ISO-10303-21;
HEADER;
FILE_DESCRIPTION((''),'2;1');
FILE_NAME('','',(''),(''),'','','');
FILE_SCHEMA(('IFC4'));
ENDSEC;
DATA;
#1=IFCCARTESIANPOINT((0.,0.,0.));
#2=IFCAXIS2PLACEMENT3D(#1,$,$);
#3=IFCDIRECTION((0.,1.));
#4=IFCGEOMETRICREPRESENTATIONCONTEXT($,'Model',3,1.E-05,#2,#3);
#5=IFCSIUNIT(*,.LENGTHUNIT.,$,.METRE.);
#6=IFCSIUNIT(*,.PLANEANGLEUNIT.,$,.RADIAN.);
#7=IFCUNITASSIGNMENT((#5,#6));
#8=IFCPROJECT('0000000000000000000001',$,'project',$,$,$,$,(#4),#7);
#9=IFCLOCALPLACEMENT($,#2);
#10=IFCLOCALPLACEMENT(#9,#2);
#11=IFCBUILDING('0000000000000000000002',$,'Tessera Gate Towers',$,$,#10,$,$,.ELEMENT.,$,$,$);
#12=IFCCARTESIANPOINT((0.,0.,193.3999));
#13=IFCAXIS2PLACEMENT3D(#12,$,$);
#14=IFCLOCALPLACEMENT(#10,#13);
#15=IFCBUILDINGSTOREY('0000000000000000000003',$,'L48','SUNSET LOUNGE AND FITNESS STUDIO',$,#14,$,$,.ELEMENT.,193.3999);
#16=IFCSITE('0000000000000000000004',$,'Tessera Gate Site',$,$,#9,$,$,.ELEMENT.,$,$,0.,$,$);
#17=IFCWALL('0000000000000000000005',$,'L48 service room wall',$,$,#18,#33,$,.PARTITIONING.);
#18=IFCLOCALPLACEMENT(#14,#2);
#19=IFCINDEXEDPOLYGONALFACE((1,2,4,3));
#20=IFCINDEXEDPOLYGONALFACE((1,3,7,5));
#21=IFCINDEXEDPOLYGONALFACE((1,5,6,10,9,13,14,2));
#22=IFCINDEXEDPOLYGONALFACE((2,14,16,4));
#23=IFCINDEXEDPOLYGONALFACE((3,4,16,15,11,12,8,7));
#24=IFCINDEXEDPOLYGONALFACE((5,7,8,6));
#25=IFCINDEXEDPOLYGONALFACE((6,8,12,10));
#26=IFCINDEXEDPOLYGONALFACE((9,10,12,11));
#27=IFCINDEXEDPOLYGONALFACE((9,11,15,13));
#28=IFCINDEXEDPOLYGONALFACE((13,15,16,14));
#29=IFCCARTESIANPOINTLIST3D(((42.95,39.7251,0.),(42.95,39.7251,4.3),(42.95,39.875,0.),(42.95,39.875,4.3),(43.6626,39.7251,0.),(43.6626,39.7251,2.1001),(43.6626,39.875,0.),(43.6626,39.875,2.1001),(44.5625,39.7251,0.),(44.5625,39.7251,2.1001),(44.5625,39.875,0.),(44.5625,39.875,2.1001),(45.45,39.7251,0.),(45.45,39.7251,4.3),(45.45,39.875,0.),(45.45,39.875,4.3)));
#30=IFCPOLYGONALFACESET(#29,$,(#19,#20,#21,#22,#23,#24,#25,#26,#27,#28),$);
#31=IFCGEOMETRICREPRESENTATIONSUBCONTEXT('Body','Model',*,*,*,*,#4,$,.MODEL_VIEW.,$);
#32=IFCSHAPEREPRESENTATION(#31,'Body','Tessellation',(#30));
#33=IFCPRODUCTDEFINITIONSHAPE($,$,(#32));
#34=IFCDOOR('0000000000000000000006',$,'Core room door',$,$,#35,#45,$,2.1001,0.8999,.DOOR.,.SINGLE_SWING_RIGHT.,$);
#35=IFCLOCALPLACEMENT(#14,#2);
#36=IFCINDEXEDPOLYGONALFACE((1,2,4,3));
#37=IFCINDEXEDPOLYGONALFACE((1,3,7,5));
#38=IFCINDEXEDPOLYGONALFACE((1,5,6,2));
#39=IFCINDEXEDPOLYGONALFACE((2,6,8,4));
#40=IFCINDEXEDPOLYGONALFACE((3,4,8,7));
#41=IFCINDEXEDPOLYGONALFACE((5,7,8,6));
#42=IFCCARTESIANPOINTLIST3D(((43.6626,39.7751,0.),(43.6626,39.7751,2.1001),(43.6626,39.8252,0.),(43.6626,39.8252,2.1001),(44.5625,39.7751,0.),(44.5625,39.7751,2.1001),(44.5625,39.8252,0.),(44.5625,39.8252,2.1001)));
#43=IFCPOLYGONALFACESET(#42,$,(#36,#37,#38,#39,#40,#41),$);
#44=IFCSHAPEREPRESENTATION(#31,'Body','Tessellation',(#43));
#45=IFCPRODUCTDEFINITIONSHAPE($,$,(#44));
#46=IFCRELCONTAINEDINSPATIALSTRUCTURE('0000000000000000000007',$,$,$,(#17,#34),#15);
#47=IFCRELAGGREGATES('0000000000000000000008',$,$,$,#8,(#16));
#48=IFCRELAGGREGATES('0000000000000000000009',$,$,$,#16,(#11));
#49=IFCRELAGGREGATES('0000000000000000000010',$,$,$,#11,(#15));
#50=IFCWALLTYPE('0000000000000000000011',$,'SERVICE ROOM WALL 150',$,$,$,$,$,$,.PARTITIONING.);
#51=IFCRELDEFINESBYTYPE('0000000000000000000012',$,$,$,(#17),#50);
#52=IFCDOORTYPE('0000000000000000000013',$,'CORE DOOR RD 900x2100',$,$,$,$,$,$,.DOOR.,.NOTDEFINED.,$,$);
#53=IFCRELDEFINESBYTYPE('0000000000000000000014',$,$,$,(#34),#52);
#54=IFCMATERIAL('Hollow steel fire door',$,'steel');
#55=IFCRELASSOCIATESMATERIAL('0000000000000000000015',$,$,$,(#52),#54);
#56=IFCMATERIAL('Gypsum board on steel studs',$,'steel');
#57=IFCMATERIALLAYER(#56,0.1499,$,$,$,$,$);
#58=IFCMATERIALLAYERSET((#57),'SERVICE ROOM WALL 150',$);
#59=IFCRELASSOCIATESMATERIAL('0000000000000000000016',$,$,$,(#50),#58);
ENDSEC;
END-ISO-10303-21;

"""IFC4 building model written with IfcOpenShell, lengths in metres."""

from ifc_helpers import new_model, si_unit, direction, frame, frame_2d, origin, place, context, subcontext, project, spatial, rectangle, extrude, source, transform, mapped, material, layer, layer_set, type_object, element, fill, save


model = new_model("IFC4")

# Units and contexts
model_context = context("Model", 3, precision=1e-05, world=origin(), true_north=direction((0.0, 1.0)))
body_context = subcontext(model_context, "Body", "Model", "MODEL_VIEW")
ifc_project = project(units=[si_unit("LENGTHUNIT", "METRE"), si_unit("PLANEANGLEUNIT", "RADIAN")], contexts=[model_context])

# Site, building, storey
site_placement = place(None, origin())
site = spatial("IfcSite", under=ifc_project, at=site_placement, Name="Tessera Gate Site", CompositionType="ELEMENT", RefElevation=0.0)
building_placement = place(site_placement, origin())
building = spatial("IfcBuilding", under=site, at=building_placement, Name="Tessera Gate Towers", CompositionType="ELEMENT")
storey_placement = place(building_placement, frame((0.0, 0.0, 193.3999)))
storey = spatial("IfcBuildingStorey", under=building, at=storey_placement, Name="L48", Description="SUNSET LOUNGE AND FITNESS STUDIO", CompositionType="ELEMENT", Elevation=193.3999)

# Shared definitions
ifc_material_1 = material(Name="Hollow steel fire door", Category="steel")
door_type_1 = type_object("IfcDoorType", Name="CORE DOOR RD 900x2100", OperationType="NOTDEFINED", PredefinedType="DOOR", material=ifc_material_1)
shared_shape_1 = source(origin(), body_context, "Body", "SweptSolid", [
    extrude(rectangle(XDim=0.8999, YDim=2.1001, at=frame_2d((0.45, 1.05))), frame((0.0, 0.0249, 0.0), z_axis=(0.0, -1.0, 0.0), x_axis=(1.0, 0.0, 0.0)), (0.0, 0.0, 1.0), 0.05),
])

# Wall, opening, door
ifc_material_2 = material(Name="Gypsum board on steel studs", Category="steel")
ifc_layer_1 = layer(ifc_material_2, 0.1499)
ifc_layer_set_1 = layer_set([ifc_layer_1], Name="SERVICE ROOM WALL 150")
wall_type_1 = type_object("IfcWallType", Name="SERVICE ROOM WALL 150", PredefinedType="PARTITIONING", material=ifc_layer_set_1)
wall_1_placement = place(storey_placement, frame((45.45, 39.8, 0.0), z_axis=(0.0, 0.0, 1.0), x_axis=(-1.0, 0.0, 0.0)))
wall_1 = element("IfcWall", 1, at=wall_1_placement, inside=storey, type_object=wall_type_1, Name="L48 service room wall", PredefinedType="PARTITIONING", context=body_context, shape_type="SweptSolid", body=[
    extrude(rectangle(XDim=2.5, YDim=0.1499, at=frame_2d((1.25, 0.0))), origin(), (0.0, 0.0, 1.0), 4.3),
])
shared_shape_2 = source(origin(), body_context, "Body", "SweptSolid", [
    extrude(rectangle(XDim=0.8999, YDim=2.1001, at=frame_2d((0.45, 1.05))), frame((0.0, 0.085, 0.0), z_axis=(0.0, -1.0, 0.0), x_axis=(1.0, 0.0, 0.0)), (0.0, 0.0, 1.0), 0.1699),
])
opening_1_placement = place(wall_1_placement, frame((0.8875, 0.0, 0.0)))
opening_1 = element("IfcOpeningElement", 2, at=opening_1_placement, cuts=wall_1, PredefinedType="OPENING", context=body_context, shape_type="MappedRepresentation", body=[
    mapped(shared_shape_2, transform((0.0, 0.0, 0.0), scale=1.0)),
])
door_1_placement = place(opening_1_placement, origin())
door_1 = element("IfcDoor", 3, at=door_1_placement, inside=storey, type_object=door_type_1, Name="Core room door", OperationType="SINGLE_SWING_RIGHT", OverallHeight=2.1001, OverallWidth=0.8999, PredefinedType="DOOR", context=body_context, shape_type="MappedRepresentation", body=[
    mapped(shared_shape_1, transform((0.0, 0.0, 0.0), scale=1.0)),
])
fill(opening_1, door_1)

save(model, "model.ifc")
